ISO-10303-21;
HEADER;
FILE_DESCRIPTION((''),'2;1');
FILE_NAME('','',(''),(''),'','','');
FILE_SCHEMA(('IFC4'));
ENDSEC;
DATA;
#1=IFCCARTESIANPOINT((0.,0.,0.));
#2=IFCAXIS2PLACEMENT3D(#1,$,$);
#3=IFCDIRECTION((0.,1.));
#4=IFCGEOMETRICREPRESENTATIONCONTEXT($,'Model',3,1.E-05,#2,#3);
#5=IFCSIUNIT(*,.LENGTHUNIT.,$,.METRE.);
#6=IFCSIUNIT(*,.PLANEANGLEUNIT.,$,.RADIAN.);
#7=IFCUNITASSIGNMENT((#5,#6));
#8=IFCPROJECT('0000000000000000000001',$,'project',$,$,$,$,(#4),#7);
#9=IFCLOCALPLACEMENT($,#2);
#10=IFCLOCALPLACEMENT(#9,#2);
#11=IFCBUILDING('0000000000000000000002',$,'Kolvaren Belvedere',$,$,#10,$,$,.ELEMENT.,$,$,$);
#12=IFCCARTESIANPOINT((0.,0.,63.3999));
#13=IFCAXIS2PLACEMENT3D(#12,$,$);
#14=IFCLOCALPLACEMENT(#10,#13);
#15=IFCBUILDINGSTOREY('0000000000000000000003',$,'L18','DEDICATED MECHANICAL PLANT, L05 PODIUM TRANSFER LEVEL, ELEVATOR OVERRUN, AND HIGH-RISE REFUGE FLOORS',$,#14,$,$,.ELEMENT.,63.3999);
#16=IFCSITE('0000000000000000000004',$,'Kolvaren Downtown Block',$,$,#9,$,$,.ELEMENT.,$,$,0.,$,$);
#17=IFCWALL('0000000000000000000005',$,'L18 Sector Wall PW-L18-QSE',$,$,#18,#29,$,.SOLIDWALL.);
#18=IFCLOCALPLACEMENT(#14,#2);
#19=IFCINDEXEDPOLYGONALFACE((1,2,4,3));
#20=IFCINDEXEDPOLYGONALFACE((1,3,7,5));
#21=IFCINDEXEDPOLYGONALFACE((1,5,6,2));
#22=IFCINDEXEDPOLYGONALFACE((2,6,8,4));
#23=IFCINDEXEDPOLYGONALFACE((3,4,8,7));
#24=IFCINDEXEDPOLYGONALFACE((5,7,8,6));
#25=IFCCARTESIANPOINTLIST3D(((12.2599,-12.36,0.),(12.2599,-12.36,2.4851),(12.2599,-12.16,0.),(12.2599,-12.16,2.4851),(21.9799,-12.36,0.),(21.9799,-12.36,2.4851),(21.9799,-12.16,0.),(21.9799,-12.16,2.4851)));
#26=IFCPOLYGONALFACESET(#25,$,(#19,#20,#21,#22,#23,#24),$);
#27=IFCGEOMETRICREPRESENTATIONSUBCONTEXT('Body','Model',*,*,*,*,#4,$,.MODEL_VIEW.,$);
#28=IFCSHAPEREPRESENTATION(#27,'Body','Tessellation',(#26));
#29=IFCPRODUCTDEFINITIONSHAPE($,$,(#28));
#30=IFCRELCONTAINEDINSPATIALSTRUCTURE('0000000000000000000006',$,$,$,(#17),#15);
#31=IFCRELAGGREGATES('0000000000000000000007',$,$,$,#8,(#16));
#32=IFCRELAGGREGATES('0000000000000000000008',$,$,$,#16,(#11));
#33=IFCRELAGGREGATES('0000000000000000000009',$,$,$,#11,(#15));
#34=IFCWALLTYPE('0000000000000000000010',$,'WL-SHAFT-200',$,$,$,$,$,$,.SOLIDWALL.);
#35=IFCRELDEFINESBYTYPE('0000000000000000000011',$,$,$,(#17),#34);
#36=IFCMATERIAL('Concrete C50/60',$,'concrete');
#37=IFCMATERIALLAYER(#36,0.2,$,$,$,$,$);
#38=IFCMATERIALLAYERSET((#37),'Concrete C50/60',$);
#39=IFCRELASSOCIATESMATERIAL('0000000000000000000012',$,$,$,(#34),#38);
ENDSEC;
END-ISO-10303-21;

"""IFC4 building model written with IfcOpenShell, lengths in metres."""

from ifc_helpers import new_model, si_unit, direction, frame, frame_2d, origin, place, context, subcontext, project, spatial, rectangle, extrude, material, layer, layer_set, type_object, element, save


model = new_model("IFC4")

# Units and contexts
model_context = context("Model", 3, precision=1e-05, world=origin(), true_north=direction((0.0, 1.0)))
body_context = subcontext(model_context, "Body", "Model", "MODEL_VIEW")
ifc_project = project(units=[si_unit("LENGTHUNIT", "METRE"), si_unit("PLANEANGLEUNIT", "RADIAN")], contexts=[model_context])

# Site, building, storey
site_placement = place(None, origin())
site = spatial("IfcSite", under=ifc_project, at=site_placement, Name="Kolvaren Downtown Block", CompositionType="ELEMENT", RefElevation=0.0)
building_placement = place(site_placement, origin())
building = spatial("IfcBuilding", under=site, at=building_placement, Name="Kolvaren Belvedere", CompositionType="ELEMENT")
storey_placement = place(building_placement, frame((0.0, 0.0, 63.3999)))
storey = spatial("IfcBuildingStorey", under=building, at=storey_placement, Name="L18", Description="DEDICATED MECHANICAL PLANT, L05 PODIUM TRANSFER LEVEL, ELEVATOR OVERRUN, AND HIGH-RISE REFUGE FLOORS", CompositionType="ELEMENT", Elevation=63.3999)

# Shared definitions
ifc_material_1 = material(Name="Concrete C50/60", Category="concrete")
ifc_layer_1 = layer(ifc_material_1, 0.2)
ifc_layer_set_1 = layer_set([ifc_layer_1], Name="Concrete C50/60")
wall_type_1 = type_object("IfcWallType", Name="WL-SHAFT-200", PredefinedType="SOLIDWALL", material=ifc_layer_set_1)

# Wall
wall_1_placement = place(storey_placement, frame((12.26, -12.26, 0.0), z_axis=(0.0, 0.0, 1.0), x_axis=(1.0, 0.0, 0.0)))
element("IfcWall", 1, at=wall_1_placement, inside=storey, type_object=wall_type_1, Name="L18 Sector Wall PW-L18-QSE", PredefinedType="SOLIDWALL", context=body_context, shape_type="SweptSolid", body=[
    extrude(rectangle(XDim=9.72, YDim=0.2, at=frame_2d((4.8599, 0.0))), origin(), (0.0, 0.0, 1.0), 2.4851),
])

save(model, "model.ifc")
